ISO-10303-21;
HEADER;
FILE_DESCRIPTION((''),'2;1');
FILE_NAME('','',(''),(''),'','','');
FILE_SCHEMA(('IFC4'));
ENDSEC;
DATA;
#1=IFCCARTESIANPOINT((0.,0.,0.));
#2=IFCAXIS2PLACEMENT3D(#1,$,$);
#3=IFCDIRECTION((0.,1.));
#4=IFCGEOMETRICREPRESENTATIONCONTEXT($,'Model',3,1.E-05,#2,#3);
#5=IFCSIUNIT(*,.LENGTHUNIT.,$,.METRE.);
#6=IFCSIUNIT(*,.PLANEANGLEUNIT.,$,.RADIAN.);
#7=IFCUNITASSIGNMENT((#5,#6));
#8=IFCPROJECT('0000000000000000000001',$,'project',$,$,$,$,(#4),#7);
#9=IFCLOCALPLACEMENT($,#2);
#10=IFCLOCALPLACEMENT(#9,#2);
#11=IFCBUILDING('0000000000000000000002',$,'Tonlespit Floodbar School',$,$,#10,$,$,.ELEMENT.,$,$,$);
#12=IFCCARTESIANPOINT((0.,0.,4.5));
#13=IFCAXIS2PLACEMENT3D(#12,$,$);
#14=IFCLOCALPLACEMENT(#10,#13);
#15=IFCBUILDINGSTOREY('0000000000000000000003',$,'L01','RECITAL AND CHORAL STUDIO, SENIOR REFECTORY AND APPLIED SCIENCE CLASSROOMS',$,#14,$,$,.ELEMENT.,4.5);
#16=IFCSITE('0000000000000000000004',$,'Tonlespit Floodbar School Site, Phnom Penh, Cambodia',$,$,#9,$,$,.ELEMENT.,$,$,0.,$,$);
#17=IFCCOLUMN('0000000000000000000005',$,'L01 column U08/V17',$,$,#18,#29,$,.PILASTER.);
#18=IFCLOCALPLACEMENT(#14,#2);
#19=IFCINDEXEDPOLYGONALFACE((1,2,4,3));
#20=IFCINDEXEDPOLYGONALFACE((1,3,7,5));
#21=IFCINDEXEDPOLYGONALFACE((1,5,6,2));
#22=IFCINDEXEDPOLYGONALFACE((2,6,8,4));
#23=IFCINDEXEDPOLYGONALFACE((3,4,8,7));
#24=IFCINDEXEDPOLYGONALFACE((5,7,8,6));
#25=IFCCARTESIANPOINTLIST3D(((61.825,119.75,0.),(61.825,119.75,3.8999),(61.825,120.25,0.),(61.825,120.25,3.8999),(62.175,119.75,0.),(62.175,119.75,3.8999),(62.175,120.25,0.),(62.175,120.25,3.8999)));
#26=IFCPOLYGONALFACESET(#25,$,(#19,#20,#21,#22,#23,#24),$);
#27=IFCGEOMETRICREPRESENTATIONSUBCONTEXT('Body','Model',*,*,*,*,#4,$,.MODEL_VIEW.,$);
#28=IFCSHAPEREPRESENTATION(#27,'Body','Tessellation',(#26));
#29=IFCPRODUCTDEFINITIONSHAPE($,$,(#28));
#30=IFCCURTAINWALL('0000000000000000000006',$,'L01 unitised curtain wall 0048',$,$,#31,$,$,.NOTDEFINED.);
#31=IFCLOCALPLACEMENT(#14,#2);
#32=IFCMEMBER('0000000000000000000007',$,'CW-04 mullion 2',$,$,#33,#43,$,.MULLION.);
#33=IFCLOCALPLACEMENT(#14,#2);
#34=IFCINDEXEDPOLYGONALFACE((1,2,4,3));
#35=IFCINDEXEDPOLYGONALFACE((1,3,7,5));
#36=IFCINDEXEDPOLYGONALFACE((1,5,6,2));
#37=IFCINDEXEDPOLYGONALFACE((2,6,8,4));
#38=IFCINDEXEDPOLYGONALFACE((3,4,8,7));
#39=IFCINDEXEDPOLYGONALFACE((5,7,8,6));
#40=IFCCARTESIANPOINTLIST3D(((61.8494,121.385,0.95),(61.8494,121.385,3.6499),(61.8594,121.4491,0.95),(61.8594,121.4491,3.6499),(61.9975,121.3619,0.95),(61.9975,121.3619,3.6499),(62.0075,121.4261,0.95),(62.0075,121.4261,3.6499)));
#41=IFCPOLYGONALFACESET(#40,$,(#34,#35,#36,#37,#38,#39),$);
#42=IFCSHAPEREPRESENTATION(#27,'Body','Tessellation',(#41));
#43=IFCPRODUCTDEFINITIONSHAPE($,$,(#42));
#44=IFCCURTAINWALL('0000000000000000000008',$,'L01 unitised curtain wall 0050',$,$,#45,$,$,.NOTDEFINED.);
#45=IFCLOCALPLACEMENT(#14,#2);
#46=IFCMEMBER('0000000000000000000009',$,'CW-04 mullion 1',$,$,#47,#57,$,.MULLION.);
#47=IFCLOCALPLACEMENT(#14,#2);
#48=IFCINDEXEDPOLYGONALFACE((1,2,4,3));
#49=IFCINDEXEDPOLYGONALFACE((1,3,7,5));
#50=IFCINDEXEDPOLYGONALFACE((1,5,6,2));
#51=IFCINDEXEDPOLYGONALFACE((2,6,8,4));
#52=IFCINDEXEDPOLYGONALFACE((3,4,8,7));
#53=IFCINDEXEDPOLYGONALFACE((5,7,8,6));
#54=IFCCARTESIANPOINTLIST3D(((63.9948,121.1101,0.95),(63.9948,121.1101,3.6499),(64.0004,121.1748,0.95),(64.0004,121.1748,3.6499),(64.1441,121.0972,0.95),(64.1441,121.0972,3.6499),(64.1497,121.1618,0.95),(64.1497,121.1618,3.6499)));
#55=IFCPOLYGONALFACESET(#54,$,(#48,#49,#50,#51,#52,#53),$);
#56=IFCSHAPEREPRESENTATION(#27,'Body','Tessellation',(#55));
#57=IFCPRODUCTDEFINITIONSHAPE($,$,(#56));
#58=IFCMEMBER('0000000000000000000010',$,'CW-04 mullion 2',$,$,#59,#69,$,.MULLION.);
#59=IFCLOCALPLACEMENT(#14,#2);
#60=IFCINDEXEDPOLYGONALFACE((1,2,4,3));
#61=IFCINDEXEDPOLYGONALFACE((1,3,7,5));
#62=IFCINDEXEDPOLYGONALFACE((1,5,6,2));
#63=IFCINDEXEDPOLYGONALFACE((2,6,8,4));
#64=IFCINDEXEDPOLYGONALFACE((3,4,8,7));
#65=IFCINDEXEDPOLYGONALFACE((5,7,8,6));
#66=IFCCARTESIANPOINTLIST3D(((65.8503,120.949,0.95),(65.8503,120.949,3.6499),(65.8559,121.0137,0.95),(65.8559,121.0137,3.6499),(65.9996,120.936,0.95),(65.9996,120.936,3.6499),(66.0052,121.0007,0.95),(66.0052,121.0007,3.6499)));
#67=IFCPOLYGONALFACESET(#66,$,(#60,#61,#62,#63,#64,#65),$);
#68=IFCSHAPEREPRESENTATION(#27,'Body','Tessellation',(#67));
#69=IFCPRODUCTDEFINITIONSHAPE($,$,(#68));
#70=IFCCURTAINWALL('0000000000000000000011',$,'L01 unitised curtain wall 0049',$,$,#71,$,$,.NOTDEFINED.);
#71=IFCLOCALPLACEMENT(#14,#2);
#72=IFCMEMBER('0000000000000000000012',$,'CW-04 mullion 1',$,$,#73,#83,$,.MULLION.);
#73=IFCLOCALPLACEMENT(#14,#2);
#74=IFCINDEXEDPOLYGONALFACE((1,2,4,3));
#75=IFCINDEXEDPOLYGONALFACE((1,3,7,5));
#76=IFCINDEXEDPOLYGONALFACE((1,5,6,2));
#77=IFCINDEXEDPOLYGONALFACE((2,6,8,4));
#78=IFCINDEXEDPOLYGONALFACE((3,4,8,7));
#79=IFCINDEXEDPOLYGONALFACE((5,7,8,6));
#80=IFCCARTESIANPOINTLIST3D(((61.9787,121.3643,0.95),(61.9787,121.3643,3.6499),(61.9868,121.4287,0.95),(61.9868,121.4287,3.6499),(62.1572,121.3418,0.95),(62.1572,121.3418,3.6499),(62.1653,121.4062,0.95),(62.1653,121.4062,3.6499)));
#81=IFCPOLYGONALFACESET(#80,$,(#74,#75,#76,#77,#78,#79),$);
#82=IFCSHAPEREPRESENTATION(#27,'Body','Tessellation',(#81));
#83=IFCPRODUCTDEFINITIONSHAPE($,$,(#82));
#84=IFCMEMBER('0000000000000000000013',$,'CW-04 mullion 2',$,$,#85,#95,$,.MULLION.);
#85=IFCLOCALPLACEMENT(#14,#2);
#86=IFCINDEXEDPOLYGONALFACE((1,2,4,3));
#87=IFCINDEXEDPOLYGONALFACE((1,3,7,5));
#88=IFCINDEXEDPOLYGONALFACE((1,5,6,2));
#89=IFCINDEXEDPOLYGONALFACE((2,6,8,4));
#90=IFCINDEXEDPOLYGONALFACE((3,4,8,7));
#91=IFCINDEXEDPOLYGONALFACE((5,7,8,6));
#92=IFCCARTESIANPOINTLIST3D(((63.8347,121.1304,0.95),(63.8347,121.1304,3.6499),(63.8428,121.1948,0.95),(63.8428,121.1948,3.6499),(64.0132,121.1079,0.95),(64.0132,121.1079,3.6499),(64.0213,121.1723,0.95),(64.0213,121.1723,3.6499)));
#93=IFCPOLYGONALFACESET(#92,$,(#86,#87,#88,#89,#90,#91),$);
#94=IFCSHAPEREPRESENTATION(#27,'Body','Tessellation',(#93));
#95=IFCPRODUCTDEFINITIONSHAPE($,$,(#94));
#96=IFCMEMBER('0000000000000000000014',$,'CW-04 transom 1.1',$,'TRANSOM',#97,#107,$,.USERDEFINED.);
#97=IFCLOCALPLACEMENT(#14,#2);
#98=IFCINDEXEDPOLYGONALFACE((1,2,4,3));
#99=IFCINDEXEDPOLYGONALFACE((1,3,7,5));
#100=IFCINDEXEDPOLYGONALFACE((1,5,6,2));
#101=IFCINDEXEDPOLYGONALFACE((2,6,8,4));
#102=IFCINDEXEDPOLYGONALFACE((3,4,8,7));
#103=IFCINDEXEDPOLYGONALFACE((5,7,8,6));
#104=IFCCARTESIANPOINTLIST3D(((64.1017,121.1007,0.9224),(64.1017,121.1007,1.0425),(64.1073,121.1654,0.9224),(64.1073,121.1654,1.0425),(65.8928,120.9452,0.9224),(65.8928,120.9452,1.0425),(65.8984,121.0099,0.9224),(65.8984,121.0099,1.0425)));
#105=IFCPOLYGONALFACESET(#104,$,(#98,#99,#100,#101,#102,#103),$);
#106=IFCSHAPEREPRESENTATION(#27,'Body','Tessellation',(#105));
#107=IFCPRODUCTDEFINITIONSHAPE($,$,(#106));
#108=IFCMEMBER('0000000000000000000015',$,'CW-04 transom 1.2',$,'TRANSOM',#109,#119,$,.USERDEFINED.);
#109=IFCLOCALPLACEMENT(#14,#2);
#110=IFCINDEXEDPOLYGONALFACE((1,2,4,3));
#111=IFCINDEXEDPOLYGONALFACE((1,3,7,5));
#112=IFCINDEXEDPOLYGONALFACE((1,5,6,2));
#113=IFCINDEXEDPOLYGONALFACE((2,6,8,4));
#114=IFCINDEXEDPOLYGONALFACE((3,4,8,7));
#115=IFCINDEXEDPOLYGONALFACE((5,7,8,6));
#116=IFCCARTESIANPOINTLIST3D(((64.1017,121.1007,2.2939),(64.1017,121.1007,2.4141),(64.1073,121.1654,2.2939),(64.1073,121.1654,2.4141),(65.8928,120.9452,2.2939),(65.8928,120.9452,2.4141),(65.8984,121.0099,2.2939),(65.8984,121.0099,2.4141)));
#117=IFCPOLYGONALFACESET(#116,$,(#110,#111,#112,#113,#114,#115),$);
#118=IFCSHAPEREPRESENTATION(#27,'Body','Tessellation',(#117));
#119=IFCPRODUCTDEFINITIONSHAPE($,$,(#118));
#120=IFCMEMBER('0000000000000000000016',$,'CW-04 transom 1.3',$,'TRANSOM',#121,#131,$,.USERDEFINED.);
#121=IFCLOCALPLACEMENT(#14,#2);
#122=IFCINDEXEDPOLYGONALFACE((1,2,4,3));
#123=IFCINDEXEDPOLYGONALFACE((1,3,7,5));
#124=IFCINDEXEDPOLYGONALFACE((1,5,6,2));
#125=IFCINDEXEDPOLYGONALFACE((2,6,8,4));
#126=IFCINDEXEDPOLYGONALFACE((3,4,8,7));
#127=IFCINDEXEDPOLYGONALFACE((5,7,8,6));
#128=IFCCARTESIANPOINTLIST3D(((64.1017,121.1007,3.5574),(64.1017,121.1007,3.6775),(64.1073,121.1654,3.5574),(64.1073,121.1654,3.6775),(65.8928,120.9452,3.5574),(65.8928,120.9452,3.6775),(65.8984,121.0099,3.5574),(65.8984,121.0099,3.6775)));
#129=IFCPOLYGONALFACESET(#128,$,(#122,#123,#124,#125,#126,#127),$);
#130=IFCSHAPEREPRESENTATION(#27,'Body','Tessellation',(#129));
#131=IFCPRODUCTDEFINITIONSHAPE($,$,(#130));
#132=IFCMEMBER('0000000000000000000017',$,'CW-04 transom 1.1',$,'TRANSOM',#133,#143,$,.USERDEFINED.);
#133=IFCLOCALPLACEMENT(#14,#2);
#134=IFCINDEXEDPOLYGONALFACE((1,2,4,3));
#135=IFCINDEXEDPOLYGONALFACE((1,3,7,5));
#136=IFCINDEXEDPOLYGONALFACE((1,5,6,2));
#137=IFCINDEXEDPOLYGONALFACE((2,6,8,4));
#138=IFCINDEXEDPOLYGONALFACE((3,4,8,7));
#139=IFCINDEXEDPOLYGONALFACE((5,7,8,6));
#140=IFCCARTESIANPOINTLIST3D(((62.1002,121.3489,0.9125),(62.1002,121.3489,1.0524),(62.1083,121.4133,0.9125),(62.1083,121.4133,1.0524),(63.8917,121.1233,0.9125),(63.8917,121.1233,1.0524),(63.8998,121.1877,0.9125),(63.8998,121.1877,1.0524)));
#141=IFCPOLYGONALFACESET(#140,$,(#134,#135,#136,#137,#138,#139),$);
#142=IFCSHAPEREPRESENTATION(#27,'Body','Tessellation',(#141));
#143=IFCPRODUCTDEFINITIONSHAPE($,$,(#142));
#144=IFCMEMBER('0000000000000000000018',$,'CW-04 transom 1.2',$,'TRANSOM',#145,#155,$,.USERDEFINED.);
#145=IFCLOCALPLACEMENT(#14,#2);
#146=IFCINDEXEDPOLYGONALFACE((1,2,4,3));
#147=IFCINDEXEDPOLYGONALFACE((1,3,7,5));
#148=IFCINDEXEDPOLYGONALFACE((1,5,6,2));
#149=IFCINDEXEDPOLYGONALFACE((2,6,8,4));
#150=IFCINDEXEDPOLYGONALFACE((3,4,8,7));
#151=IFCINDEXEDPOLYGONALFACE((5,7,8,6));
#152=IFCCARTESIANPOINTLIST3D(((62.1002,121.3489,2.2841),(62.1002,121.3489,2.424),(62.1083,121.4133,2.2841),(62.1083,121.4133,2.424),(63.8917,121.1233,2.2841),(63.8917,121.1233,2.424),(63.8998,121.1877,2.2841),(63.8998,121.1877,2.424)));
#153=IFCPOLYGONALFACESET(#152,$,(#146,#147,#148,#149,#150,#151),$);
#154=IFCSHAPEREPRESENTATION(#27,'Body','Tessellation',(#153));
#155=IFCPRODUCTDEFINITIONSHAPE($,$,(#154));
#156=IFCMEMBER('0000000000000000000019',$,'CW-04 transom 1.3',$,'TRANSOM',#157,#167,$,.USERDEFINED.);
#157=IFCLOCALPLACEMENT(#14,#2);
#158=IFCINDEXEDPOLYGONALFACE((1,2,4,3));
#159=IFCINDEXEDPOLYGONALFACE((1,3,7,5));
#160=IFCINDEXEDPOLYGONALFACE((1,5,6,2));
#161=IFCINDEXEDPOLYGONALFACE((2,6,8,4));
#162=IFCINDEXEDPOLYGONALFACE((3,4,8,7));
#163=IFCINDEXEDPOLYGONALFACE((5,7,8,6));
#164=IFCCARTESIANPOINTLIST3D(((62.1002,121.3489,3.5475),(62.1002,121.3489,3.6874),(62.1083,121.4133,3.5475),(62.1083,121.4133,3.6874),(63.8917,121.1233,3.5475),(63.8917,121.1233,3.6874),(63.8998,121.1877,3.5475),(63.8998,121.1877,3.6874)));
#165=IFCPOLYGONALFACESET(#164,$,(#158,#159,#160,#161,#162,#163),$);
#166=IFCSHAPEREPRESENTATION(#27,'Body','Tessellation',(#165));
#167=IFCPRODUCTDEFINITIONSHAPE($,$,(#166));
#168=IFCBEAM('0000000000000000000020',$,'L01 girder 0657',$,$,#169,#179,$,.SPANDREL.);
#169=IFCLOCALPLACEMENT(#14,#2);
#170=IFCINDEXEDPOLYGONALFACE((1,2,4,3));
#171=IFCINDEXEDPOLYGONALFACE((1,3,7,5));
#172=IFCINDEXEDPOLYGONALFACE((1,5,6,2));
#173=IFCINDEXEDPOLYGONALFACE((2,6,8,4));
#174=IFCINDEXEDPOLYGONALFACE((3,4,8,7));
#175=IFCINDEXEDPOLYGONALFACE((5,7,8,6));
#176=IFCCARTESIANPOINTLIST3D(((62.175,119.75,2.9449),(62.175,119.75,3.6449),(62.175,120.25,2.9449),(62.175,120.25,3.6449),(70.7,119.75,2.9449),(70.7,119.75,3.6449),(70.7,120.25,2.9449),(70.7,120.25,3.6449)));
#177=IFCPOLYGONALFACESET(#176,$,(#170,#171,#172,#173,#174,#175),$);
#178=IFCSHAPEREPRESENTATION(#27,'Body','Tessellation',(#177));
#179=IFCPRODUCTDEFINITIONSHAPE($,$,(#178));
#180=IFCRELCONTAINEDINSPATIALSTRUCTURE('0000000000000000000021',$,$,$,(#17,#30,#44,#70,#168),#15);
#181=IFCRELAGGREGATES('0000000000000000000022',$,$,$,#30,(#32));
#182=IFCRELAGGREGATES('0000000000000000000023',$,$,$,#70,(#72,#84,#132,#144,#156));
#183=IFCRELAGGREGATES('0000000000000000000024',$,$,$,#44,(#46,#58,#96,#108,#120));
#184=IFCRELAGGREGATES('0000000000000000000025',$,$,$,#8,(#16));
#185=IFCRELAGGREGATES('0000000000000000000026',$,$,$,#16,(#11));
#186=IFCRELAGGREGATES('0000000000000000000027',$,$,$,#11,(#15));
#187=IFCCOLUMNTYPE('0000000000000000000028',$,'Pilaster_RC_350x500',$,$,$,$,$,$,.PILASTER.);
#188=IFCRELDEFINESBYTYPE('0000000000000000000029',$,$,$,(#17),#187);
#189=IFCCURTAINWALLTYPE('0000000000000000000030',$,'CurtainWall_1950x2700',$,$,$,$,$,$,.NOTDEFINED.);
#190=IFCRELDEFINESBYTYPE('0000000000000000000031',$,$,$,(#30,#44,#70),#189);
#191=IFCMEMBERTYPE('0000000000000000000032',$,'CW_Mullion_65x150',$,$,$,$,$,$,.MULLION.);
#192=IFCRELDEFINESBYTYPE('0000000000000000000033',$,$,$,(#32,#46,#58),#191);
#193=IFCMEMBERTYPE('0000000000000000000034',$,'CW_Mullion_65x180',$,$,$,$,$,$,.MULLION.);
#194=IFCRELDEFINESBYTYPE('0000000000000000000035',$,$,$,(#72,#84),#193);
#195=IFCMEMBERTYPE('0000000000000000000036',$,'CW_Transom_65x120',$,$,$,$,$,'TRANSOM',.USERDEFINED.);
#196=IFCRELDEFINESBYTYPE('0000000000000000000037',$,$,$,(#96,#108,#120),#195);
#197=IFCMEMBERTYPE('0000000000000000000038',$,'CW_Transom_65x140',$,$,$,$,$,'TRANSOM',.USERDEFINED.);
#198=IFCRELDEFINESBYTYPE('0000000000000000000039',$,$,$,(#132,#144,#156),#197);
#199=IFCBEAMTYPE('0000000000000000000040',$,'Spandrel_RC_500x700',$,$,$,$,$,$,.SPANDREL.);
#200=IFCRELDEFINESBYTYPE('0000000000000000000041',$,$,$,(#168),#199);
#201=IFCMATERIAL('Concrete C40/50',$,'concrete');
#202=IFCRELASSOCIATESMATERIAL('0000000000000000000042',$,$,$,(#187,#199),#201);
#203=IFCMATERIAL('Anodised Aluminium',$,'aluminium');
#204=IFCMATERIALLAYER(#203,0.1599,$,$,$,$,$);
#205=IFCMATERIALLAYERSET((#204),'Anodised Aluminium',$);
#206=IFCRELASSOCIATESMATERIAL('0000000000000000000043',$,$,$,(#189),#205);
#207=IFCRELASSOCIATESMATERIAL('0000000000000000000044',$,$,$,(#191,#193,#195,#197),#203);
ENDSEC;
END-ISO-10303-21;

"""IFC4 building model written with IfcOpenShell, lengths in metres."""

from ifc_helpers import new_model, si_unit, direction, frame, origin, origin_2d, place, context, subcontext, project, spatial, rectangle, extrude, material, layer, layer_set, material_profile, profile_set, type_object, element, aggregate, save


model = new_model("IFC4")

# Units and contexts
model_context = context("Model", 3, precision=1e-05, world=origin(), true_north=direction((0.0, 1.0)))
body_context = subcontext(model_context, "Body", "Model", "MODEL_VIEW")
ifc_project = project(units=[si_unit("LENGTHUNIT", "METRE"), si_unit("PLANEANGLEUNIT", "RADIAN")], contexts=[model_context])

# Site, building, storey
site_placement = place(None, origin())
site = spatial("IfcSite", under=ifc_project, at=site_placement, Name="Tonlespit Floodbar School Site, Phnom Penh, Cambodia", CompositionType="ELEMENT", RefElevation=0.0)
building_placement = place(site_placement, origin())
building = spatial("IfcBuilding", under=site, at=building_placement, Name="Tonlespit Floodbar School", CompositionType="ELEMENT")
storey_placement = place(building_placement, frame((0.0, 0.0, 4.5)))
storey = spatial("IfcBuildingStorey", under=building, at=storey_placement, Name="L01", Description="RECITAL AND CHORAL STUDIO, SENIOR REFECTORY AND APPLIED SCIENCE CLASSROOMS", CompositionType="ELEMENT", Elevation=4.5)

# Column
ifc_material_1 = material(Name="Concrete C40/50", Category="concrete")
ifc_material_profile_1 = material_profile(ifc_material_1, rectangle(XDim=0.3501, YDim=0.5, at=origin_2d()), Name="RC 350x500")
ifc_profile_set_1 = profile_set([ifc_material_profile_1], Name="Concrete C40/50")
column_type = type_object("IfcColumnType", Name="Pilaster_RC_350x500", PredefinedType="PILASTER", material=ifc_profile_set_1)
column_placement = place(storey_placement, frame((62.0, 120.0, 0.0), z_axis=(0.0, 0.0, 1.0), x_axis=(1.0, 0.0, 0.0)))
element("IfcColumn", 1, at=column_placement, inside=storey, type_object=column_type, Name="L01 column U08/V17", PredefinedType="PILASTER", context=body_context, shape_type="SweptSolid", body=[
    extrude(rectangle(XDim=0.3501, YDim=0.5, at=origin_2d()), origin(), (0.0, 0.0, 1.0), 3.8999),
])

# Curtain wall, member
ifc_material_2 = material(Name="Anodised Aluminium", Category="aluminium")
ifc_layer_1 = layer(ifc_material_2, 0.1599)
ifc_layer_set_1 = layer_set([ifc_layer_1], Name="Anodised Aluminium")
curtain_wall_type = type_object("IfcCurtainWallType", Name="CurtainWall_1950x2700", PredefinedType="NOTDEFINED", material=ifc_layer_set_1)
curtain_wall_1_placement = place(storey_placement, origin())
curtain_wall_1 = element("IfcCurtainWall", 2, at=curtain_wall_1_placement, inside=storey, type_object=curtain_wall_type, Name="L01 unitised curtain wall 0048", PredefinedType="NOTDEFINED")
ifc_material_profile_2 = material_profile(ifc_material_2, rectangle(XDim=0.0649, YDim=0.1499, at=origin_2d()), Name="ALU M65x150")
ifc_profile_set_2 = profile_set([ifc_material_profile_2], Name="Anodised Aluminium")
member_type_1 = type_object("IfcMemberType", Name="CW_Mullion_65x150", PredefinedType="MULLION", material=ifc_profile_set_2)
member_1_placement = place(storey_placement, frame((61.9285, 121.4055, 0.95), z_axis=(0.0, 0.0, 1.0), x_axis=(0.153796, 0.988103, 0.0)))
member_1 = element("IfcMember", 3, at=member_1_placement, type_object=member_type_1, Name="CW-04 mullion 2", PredefinedType="MULLION", context=body_context, shape_type="SweptSolid", body=[
    extrude(rectangle(XDim=0.0649, YDim=0.1499, at=origin_2d()), origin(), (0.0, 0.0, 1.0), 2.7),
])
aggregate(curtain_wall_1, [member_1])

# Curtain walls, members
curtain_wall_2_placement = place(storey_placement, origin())
curtain_wall_2 = element("IfcCurtainWall", 4, at=curtain_wall_2_placement, inside=storey, type_object=curtain_wall_type, Name="L01 unitised curtain wall 0050", PredefinedType="NOTDEFINED")
member_2_placement = place(storey_placement, frame((64.0723, 121.136, 0.95), z_axis=(0.0, 0.0, 1.0), x_axis=(0.086531, 0.996249, 0.0)))
member_2 = element("IfcMember", 5, at=member_2_placement, type_object=member_type_1, Name="CW-04 mullion 1", PredefinedType="MULLION", context=body_context, shape_type="SweptSolid", body=[
    extrude(rectangle(XDim=0.0649, YDim=0.1499, at=origin_2d()), origin(), (0.0, 0.0, 1.0), 2.7),
])
member_3_placement = place(storey_placement, frame((65.9277, 120.9749, 0.95), z_axis=(0.0, 0.0, 1.0), x_axis=(0.086531, 0.996249, 0.0)))
member_3 = element("IfcMember", 6, at=member_3_placement, type_object=member_type_1, Name="CW-04 mullion 2", PredefinedType="MULLION", context=body_context, shape_type="SweptSolid", body=[
    extrude(rectangle(XDim=0.0649, YDim=0.1499, at=origin_2d()), origin(), (0.0, 0.0, 1.0), 2.7),
])
curtain_wall_3_placement = place(storey_placement, origin())
curtain_wall_3 = element("IfcCurtainWall", 7, at=curtain_wall_3_placement, inside=storey, type_object=curtain_wall_type, Name="L01 unitised curtain wall 0049", PredefinedType="NOTDEFINED")
ifc_material_profile_3 = material_profile(ifc_material_2, rectangle(XDim=0.0649, YDim=0.1799, at=origin_2d()), Name="ALU M65x180")
ifc_profile_set_3 = profile_set([ifc_material_profile_3], Name="Anodised Aluminium")
member_type_2 = type_object("IfcMemberType", Name="CW_Mullion_65x180", PredefinedType="MULLION", material=ifc_profile_set_3)
member_4_placement = place(storey_placement, frame((62.072, 121.3853, 0.95), z_axis=(0.0, 0.0, 1.0), x_axis=(0.125014, 0.992155, 0.0)))
member_4 = element("IfcMember", 8, at=member_4_placement, type_object=member_type_2, Name="CW-04 mullion 1", PredefinedType="MULLION", context=body_context, shape_type="SweptSolid", body=[
    extrude(rectangle(XDim=0.0649, YDim=0.1799, at=origin_2d()), origin(), (0.0, 0.0, 1.0), 2.7),
])
member_5_placement = place(storey_placement, frame((63.928, 121.1514, 0.95), z_axis=(0.0, 0.0, 1.0), x_axis=(0.125014, 0.992155, 0.0)))
member_5 = element("IfcMember", 9, at=member_5_placement, type_object=member_type_2, Name="CW-04 mullion 2", PredefinedType="MULLION", context=body_context, shape_type="SweptSolid", body=[
    extrude(rectangle(XDim=0.0649, YDim=0.1799, at=origin_2d()), origin(), (0.0, 0.0, 1.0), 2.7),
])

# Members
ifc_material_profile_4 = material_profile(ifc_material_2, rectangle(XDim=0.0649, YDim=0.1201, at=origin_2d()), Name="ALU T65x120")
ifc_profile_set_4 = profile_set([ifc_material_profile_4], Name="Anodised Aluminium")
member_type_3 = type_object("IfcMemberType", Name="CW_Transom_65x120", ElementType="TRANSOM", PredefinedType="USERDEFINED", material=ifc_profile_set_4)
member_6_placement = place(storey_placement, frame((64.1045, 121.1331, 0.9824), z_axis=(0.996251, -0.086507, 0.0), x_axis=(0.086507, 0.996251, 0.0)))
member_6 = element("IfcMember", 10, at=member_6_placement, type_object=member_type_3, Name="CW-04 transom 1.1", ObjectType="TRANSOM", PredefinedType="USERDEFINED", context=body_context, shape_type="SweptSolid", body=[
    extrude(rectangle(XDim=0.0649, YDim=0.1201, at=origin_2d()), origin(), (0.0, 0.0, 1.0), 1.7979),
])
member_7_placement = place(storey_placement, frame((64.1045, 121.1331, 2.354), z_axis=(0.996251, -0.086507, 0.0), x_axis=(0.086507, 0.996251, 0.0)))
member_7 = element("IfcMember", 11, at=member_7_placement, type_object=member_type_3, Name="CW-04 transom 1.2", ObjectType="TRANSOM", PredefinedType="USERDEFINED", context=body_context, shape_type="SweptSolid", body=[
    extrude(rectangle(XDim=0.0649, YDim=0.1201, at=origin_2d()), origin(), (0.0, 0.0, 1.0), 1.7979),
])
member_8_placement = place(storey_placement, frame((64.1045, 121.1331, 3.6174), z_axis=(0.996251, -0.086507, 0.0), x_axis=(0.086507, 0.996251, 0.0)))
member_8 = element("IfcMember", 12, at=member_8_placement, type_object=member_type_3, Name="CW-04 transom 1.3", ObjectType="TRANSOM", PredefinedType="USERDEFINED", context=body_context, shape_type="SweptSolid", body=[
    extrude(rectangle(XDim=0.0649, YDim=0.1201, at=origin_2d()), origin(), (0.0, 0.0, 1.0), 1.7979),
])
ifc_material_profile_5 = material_profile(ifc_material_2, rectangle(XDim=0.0649, YDim=0.1399, at=origin_2d()), Name="ALU T65x140")
ifc_profile_set_5 = profile_set([ifc_material_profile_5], Name="Anodised Aluminium")
member_type_4 = type_object("IfcMemberType", Name="CW_Transom_65x140", ElementType="TRANSOM", PredefinedType="USERDEFINED", material=ifc_profile_set_5)
member_9_placement = place(storey_placement, frame((62.1042, 121.3811, 0.9824), z_axis=(0.992165, -0.124933, 0.0), x_axis=(0.124933, 0.992165, 0.0)))
member_9 = element("IfcMember", 13, at=member_9_placement, type_object=member_type_4, Name="CW-04 transom 1.1", ObjectType="TRANSOM", PredefinedType="USERDEFINED", context=body_context, shape_type="SweptSolid", body=[
    extrude(rectangle(XDim=0.0649, YDim=0.1399, at=origin_2d()), origin(), (0.0, 0.0, 1.0), 1.8057),
])
member_10_placement = place(storey_placement, frame((62.1042, 121.3811, 2.354), z_axis=(0.992165, -0.124933, 0.0), x_axis=(0.124933, 0.992165, 0.0)))
member_10 = element("IfcMember", 14, at=member_10_placement, type_object=member_type_4, Name="CW-04 transom 1.2", ObjectType="TRANSOM", PredefinedType="USERDEFINED", context=body_context, shape_type="SweptSolid", body=[
    extrude(rectangle(XDim=0.0649, YDim=0.1399, at=origin_2d()), origin(), (0.0, 0.0, 1.0), 1.8057),
])
member_11_placement = place(storey_placement, frame((62.1042, 121.3811, 3.6174), z_axis=(0.992165, -0.124933, 0.0), x_axis=(0.124933, 0.992165, 0.0)))
member_11 = element("IfcMember", 15, at=member_11_placement, type_object=member_type_4, Name="CW-04 transom 1.3", ObjectType="TRANSOM", PredefinedType="USERDEFINED", context=body_context, shape_type="SweptSolid", body=[
    extrude(rectangle(XDim=0.0649, YDim=0.1399, at=origin_2d()), origin(), (0.0, 0.0, 1.0), 1.8057),
])

# Beam
ifc_material_profile_6 = material_profile(ifc_material_1, rectangle(XDim=0.5, YDim=0.7, at=origin_2d()), Name="RC 500x700")
ifc_profile_set_6 = profile_set([ifc_material_profile_6], Name="Concrete C40/50")
beam_type = type_object("IfcBeamType", Name="Spandrel_RC_500x700", PredefinedType="SPANDREL", material=ifc_profile_set_6)
beam_placement = place(storey_placement, frame((62.175, 120.0, 3.2949), z_axis=(1.0, 0.0, 0.0), x_axis=(0.0, 1.0, 0.0)))
element("IfcBeam", 16, at=beam_placement, inside=storey, type_object=beam_type, Name="L01 girder 0657", PredefinedType="SPANDREL", context=body_context, shape_type="SweptSolid", body=[
    extrude(rectangle(XDim=0.5, YDim=0.7, at=origin_2d()), origin(), (0.0, 0.0, 1.0), 8.5249),
])

aggregate(curtain_wall_3, [member_4, member_5, member_9, member_10, member_11])
aggregate(curtain_wall_2, [member_2, member_3, member_6, member_7, member_8])

save(model, "model.ifc")
